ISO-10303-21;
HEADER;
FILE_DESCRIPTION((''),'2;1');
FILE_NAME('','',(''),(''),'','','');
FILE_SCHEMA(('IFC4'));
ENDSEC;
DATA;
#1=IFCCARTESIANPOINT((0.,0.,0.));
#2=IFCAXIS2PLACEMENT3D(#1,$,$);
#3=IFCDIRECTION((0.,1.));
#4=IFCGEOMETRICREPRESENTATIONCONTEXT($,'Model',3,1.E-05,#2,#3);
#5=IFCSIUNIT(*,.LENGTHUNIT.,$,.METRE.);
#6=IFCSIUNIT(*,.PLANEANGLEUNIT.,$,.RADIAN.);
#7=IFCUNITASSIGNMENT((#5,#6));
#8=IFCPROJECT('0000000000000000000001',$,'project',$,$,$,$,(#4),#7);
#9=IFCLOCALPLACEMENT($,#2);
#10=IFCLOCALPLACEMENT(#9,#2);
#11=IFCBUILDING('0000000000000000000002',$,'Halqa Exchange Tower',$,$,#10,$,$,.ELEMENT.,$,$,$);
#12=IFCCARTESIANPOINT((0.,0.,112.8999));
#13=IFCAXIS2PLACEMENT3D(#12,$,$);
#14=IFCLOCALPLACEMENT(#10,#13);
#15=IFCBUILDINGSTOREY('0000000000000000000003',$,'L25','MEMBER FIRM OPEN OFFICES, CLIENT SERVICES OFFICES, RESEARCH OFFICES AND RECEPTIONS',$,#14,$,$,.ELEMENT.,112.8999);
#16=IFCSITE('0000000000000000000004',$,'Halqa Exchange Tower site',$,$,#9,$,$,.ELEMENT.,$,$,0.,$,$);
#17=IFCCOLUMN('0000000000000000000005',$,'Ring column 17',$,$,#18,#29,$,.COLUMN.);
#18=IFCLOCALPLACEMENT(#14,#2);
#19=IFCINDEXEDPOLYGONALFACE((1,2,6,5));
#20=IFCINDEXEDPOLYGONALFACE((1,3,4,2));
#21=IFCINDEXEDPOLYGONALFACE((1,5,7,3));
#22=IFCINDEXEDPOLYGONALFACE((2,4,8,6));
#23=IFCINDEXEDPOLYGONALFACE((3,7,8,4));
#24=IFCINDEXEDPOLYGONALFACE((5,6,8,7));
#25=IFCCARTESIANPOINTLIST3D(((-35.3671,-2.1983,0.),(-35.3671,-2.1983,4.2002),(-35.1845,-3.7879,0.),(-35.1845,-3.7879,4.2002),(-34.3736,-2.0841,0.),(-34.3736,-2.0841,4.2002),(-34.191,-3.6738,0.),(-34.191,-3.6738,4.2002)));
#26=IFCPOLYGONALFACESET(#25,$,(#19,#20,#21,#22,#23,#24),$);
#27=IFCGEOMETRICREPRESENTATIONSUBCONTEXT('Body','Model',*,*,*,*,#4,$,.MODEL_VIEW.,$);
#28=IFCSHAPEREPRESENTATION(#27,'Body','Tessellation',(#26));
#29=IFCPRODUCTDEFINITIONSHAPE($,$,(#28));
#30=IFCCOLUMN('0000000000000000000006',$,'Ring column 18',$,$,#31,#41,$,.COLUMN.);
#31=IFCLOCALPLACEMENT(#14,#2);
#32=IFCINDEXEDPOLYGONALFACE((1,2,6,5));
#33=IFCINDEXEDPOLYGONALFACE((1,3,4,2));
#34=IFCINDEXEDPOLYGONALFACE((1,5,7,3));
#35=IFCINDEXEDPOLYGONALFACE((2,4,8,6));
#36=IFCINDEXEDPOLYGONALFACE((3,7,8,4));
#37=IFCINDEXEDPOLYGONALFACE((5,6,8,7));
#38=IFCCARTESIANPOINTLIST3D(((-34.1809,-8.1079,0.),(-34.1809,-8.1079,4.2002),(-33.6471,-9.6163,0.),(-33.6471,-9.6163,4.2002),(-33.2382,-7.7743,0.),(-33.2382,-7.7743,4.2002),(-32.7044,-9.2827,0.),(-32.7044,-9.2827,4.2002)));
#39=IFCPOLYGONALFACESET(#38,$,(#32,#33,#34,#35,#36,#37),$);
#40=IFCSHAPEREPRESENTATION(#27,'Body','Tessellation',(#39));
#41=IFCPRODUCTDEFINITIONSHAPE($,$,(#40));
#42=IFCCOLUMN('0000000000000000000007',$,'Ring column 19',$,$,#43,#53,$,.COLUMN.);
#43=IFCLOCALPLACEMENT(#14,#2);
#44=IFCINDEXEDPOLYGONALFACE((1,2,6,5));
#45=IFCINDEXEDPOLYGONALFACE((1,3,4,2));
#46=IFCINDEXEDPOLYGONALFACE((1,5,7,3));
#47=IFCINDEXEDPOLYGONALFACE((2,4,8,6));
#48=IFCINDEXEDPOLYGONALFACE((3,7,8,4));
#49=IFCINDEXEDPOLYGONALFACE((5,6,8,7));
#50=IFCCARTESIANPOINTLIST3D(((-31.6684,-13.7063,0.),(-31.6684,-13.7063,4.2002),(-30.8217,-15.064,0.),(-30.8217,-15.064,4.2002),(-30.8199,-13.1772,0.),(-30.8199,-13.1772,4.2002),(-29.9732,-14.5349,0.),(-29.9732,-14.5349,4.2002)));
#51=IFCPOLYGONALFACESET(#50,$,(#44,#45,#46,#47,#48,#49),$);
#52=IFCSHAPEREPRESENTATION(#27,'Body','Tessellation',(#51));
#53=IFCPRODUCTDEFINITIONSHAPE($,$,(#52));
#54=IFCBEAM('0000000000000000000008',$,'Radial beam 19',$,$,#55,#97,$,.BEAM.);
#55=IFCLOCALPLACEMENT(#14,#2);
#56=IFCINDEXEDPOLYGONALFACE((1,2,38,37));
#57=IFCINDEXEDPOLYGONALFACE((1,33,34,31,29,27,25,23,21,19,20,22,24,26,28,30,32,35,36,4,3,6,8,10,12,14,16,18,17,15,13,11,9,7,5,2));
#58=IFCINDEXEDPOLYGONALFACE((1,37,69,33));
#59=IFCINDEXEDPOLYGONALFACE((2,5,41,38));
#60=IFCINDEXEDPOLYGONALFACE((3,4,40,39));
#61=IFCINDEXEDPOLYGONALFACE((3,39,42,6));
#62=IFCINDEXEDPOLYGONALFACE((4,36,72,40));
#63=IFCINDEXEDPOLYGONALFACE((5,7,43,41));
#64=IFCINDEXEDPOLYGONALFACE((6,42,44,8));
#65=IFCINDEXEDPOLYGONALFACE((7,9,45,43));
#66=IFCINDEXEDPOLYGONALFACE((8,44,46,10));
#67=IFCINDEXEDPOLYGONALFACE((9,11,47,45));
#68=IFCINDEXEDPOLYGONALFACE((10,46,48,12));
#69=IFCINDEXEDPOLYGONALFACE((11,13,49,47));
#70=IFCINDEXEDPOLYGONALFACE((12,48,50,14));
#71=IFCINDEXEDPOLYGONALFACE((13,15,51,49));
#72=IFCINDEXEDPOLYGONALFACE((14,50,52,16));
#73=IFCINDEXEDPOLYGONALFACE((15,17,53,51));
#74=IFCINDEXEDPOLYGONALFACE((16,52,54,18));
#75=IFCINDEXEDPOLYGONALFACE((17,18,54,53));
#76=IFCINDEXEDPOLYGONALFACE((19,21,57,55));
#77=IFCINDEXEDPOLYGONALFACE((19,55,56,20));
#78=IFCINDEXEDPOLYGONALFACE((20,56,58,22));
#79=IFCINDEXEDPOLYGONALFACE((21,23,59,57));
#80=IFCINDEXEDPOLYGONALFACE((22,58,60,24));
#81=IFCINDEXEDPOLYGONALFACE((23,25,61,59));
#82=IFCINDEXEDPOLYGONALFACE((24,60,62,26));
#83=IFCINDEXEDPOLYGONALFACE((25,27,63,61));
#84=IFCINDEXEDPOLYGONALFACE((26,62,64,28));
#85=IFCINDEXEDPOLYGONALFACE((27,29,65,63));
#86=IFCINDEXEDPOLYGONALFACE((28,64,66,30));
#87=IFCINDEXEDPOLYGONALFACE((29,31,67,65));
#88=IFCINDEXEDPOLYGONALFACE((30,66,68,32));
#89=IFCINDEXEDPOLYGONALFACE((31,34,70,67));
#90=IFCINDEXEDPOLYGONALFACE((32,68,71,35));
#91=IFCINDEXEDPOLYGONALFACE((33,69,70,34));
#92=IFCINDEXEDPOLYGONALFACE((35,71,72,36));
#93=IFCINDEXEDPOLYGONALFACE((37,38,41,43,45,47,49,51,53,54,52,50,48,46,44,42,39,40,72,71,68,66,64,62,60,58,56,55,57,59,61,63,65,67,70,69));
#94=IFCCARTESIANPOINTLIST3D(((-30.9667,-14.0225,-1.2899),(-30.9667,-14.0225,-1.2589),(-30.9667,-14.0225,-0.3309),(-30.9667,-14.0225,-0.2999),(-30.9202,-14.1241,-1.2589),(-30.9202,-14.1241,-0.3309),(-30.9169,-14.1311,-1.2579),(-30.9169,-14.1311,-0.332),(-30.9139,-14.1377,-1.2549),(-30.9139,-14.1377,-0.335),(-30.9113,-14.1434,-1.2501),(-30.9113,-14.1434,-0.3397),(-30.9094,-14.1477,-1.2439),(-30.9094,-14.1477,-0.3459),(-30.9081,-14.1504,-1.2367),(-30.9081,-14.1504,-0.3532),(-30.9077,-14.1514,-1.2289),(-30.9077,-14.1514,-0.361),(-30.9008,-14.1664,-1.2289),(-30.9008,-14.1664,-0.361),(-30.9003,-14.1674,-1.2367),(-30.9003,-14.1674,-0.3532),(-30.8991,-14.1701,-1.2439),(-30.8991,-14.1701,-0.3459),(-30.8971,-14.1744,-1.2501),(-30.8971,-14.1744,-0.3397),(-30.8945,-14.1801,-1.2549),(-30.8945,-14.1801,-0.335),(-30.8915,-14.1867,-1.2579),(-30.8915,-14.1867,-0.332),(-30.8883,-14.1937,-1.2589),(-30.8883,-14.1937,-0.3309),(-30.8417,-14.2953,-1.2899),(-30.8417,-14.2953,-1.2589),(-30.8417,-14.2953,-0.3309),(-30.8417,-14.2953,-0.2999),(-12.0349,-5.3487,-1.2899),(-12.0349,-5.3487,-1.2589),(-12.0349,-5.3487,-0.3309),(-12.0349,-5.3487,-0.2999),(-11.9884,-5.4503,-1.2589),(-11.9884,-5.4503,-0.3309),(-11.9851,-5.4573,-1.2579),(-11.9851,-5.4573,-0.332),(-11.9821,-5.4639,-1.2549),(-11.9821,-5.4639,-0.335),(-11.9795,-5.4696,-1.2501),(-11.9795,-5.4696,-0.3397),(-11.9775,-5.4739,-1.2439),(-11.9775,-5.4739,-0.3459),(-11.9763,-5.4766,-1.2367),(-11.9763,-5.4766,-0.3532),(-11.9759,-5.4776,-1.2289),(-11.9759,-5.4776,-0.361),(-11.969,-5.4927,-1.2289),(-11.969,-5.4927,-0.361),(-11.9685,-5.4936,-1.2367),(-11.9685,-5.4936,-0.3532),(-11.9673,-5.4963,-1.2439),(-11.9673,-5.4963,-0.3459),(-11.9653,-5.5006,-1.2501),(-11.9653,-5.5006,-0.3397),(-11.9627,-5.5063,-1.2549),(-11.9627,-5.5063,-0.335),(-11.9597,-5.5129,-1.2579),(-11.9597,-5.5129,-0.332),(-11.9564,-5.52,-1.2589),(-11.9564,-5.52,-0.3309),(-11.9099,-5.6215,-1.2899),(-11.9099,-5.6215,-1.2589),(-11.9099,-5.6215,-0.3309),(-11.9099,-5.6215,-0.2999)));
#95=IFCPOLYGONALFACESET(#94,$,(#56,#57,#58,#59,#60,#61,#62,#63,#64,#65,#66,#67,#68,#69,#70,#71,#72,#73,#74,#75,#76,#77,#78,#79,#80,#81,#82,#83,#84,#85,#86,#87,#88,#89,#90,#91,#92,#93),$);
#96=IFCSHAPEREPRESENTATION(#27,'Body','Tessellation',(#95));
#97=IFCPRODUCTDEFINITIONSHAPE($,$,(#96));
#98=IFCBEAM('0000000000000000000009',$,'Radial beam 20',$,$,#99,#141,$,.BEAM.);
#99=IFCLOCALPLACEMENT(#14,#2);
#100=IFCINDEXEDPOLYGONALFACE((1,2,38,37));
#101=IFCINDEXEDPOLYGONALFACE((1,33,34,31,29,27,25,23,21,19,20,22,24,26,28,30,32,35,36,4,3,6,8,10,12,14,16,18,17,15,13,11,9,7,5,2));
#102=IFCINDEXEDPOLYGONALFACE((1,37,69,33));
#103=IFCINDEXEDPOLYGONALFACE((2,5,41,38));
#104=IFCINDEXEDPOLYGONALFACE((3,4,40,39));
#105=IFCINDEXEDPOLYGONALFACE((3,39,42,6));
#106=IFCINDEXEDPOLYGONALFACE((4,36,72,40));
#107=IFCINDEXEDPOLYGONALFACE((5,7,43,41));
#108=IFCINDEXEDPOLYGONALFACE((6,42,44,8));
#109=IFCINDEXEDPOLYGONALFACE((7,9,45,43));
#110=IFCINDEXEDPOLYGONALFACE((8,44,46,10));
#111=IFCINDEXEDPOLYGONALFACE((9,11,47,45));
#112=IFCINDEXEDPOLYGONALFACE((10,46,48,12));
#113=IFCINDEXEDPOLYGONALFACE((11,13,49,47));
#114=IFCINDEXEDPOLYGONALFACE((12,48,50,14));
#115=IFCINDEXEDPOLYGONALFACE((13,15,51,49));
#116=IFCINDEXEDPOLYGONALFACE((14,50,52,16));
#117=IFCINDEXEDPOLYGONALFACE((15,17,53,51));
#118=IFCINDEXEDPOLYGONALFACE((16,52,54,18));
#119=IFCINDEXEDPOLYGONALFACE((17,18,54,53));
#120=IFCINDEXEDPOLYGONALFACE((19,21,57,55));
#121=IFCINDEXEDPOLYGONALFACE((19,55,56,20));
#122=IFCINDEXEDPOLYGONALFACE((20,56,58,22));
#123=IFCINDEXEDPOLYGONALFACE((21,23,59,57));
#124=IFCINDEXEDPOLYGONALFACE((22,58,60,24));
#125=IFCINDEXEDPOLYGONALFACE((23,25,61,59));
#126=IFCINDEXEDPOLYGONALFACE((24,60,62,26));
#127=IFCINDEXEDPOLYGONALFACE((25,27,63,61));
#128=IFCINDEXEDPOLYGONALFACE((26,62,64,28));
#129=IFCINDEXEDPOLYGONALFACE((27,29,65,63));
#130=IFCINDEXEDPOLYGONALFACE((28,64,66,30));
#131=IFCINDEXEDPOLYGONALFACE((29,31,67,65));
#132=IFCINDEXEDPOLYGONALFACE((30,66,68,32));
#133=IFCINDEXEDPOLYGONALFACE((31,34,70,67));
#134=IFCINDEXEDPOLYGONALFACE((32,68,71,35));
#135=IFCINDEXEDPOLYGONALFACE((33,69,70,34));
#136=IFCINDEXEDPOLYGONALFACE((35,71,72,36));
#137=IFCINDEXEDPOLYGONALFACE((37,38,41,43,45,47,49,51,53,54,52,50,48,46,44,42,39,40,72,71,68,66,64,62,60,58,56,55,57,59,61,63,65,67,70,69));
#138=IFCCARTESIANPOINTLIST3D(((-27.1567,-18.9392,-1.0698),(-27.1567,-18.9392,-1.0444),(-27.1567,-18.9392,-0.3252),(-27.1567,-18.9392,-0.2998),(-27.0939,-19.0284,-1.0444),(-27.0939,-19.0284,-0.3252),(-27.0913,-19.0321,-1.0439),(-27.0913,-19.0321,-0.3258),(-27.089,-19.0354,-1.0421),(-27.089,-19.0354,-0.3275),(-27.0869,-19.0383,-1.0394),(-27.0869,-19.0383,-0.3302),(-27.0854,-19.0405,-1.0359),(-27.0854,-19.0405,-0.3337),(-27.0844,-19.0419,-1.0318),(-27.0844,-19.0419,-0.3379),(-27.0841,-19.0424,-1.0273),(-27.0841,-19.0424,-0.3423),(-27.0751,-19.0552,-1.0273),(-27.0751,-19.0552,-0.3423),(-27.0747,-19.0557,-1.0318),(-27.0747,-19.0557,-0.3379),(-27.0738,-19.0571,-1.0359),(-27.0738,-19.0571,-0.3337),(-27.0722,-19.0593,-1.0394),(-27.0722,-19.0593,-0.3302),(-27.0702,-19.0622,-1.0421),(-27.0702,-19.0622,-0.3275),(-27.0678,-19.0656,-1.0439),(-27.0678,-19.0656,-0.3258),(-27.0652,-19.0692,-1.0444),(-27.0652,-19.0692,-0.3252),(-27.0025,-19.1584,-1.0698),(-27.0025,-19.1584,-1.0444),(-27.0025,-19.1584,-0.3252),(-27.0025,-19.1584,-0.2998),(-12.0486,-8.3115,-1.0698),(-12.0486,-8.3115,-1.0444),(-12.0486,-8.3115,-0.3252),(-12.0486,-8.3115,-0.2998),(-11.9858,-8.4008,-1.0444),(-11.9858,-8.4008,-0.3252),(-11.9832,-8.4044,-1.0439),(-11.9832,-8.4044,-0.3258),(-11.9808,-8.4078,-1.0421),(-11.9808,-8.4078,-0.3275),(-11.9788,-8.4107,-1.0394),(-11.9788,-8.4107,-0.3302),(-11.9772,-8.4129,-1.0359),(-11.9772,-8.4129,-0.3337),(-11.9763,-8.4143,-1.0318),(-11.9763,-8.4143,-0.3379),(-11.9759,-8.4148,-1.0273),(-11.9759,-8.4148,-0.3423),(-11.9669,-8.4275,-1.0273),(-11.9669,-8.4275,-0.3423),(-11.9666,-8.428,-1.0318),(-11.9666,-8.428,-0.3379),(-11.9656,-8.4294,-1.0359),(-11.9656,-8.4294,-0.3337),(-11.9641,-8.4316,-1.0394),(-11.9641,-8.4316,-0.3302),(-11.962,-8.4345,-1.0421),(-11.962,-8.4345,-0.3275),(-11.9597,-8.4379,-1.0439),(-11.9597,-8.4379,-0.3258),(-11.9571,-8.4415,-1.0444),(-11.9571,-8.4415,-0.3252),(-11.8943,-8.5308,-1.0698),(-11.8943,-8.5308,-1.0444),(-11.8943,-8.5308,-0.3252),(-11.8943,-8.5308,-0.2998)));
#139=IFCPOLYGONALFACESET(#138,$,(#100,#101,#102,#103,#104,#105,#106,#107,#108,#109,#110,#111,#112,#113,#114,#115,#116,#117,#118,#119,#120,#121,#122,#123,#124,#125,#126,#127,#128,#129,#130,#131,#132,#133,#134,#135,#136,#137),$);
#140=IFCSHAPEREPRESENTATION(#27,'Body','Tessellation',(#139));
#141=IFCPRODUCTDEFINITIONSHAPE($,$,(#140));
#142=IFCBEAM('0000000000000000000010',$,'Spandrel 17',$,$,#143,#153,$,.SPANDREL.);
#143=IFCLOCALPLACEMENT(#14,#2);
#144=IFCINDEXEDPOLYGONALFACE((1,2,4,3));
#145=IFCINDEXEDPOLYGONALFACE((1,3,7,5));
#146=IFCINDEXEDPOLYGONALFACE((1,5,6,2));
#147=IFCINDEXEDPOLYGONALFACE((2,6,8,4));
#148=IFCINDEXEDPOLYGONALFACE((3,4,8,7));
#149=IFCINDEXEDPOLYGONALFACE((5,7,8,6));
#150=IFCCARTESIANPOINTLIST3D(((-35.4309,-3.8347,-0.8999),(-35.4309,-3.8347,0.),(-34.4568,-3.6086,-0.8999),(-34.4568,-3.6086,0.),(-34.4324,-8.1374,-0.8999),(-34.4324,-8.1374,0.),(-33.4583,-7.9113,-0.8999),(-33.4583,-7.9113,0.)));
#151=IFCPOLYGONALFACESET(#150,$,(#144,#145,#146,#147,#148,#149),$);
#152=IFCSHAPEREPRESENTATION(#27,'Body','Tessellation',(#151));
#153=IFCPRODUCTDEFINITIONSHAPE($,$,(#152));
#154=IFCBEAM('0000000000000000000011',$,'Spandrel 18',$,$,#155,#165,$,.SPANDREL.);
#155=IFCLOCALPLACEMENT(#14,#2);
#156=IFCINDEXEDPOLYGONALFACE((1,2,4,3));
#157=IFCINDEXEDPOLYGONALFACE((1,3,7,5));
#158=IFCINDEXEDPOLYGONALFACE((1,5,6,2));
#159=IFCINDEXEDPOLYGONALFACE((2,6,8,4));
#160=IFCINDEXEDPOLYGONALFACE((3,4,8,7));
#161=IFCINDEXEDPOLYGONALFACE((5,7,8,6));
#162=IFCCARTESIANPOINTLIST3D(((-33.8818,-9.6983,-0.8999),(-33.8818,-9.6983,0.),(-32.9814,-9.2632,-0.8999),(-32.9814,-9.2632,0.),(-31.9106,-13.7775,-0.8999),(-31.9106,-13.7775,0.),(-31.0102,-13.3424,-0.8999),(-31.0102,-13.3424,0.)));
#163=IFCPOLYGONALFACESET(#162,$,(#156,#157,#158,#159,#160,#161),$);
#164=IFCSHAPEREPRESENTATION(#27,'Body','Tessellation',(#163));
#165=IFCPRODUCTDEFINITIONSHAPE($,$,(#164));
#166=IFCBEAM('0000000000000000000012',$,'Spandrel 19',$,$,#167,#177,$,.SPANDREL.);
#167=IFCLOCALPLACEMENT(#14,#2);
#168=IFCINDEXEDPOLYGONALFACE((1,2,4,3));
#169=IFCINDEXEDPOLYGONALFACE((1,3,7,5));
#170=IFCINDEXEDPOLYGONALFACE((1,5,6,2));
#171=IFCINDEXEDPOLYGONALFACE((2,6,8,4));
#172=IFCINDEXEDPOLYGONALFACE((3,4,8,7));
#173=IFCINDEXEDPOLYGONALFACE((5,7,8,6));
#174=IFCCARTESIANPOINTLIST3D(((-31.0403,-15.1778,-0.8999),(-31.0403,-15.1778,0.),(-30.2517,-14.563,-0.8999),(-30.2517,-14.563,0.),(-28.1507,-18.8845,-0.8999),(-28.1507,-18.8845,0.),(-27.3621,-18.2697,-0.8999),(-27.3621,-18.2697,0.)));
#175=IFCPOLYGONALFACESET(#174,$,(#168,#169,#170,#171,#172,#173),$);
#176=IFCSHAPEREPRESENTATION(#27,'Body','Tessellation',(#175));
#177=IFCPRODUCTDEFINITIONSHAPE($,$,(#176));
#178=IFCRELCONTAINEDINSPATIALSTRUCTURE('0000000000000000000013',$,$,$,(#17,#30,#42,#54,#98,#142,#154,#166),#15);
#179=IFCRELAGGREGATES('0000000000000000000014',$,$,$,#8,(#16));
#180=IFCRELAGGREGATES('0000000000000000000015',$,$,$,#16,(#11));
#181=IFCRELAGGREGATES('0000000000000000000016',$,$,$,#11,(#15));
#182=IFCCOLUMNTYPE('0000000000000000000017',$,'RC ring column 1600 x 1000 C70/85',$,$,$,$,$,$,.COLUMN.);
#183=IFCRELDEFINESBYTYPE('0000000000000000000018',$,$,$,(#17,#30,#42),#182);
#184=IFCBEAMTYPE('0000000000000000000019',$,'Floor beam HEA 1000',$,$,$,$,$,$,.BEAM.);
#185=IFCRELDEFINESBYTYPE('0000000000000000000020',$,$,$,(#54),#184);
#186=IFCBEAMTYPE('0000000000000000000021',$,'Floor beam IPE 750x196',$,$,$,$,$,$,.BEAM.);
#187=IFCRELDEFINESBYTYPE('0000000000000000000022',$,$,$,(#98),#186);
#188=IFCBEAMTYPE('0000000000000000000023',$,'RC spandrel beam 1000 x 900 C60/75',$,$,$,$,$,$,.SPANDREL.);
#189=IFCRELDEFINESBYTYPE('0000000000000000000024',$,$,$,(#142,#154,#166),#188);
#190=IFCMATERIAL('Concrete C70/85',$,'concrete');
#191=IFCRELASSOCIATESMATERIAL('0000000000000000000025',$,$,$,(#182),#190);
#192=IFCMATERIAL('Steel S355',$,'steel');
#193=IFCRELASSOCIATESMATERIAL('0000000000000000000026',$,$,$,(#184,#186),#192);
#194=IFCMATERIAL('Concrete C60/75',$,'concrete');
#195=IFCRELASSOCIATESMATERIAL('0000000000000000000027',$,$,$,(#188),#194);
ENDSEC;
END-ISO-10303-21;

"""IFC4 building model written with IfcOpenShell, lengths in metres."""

from ifc_helpers import new_model, si_unit, direction, frame, origin, origin_2d, place, context, subcontext, project, spatial, rectangle, i_section, extrude, material, material_profile, profile_set, type_object, element, save


model = new_model("IFC4")

# Units and contexts
model_context = context("Model", 3, precision=1e-05, world=origin(), true_north=direction((0.0, 1.0)))
body_context = subcontext(model_context, "Body", "Model", "MODEL_VIEW")
ifc_project = project(units=[si_unit("LENGTHUNIT", "METRE"), si_unit("PLANEANGLEUNIT", "RADIAN")], contexts=[model_context])

# Site, building, storey
site_placement = place(None, origin())
site = spatial("IfcSite", under=ifc_project, at=site_placement, Name="Halqa Exchange Tower site", CompositionType="ELEMENT", RefElevation=0.0)
building_placement = place(site_placement, origin())
building = spatial("IfcBuilding", under=site, at=building_placement, Name="Halqa Exchange Tower", CompositionType="ELEMENT")
storey_placement = place(building_placement, frame((0.0, 0.0, 112.8999)))
storey = spatial("IfcBuildingStorey", under=building, at=storey_placement, Name="L25", Description="MEMBER FIRM OPEN OFFICES, CLIENT SERVICES OFFICES, RESEARCH OFFICES AND RECEPTIONS", CompositionType="ELEMENT", Elevation=112.8999)

# Columns
ifc_material_1 = material(Name="Concrete C70/85", Category="concrete")
ifc_material_profile_1 = material_profile(ifc_material_1, rectangle(XDim=1.6001, YDim=1.0, at=origin_2d()), Name="1600 x 1000")
ifc_profile_set_1 = profile_set([ifc_material_profile_1], Name="Concrete C70/85")
column_type = type_object("IfcColumnType", Name="RC ring column 1600 x 1000 C70/85", PredefinedType="COLUMN", material=ifc_profile_set_1)
for number, where, z_axis, x_axis, name in (
    (1, (-34.7791, -2.936, 0.0), (0.0, 0.0, 1.0), (0.114152, -0.993463, 0.0), "Ring column 17"),
    (2, (-33.4426, -8.6953, 0.0), (0.0, 0.0, 1.0), (0.333624, -0.942706, 0.0), "Ring column 18"),
    (3, (-30.8208, -14.1206, 0.0), (0.0, 0.0, 1.0), (0.529142, -0.848533, 0.0), "Ring column 19"),
):
    element("IfcColumn", number, at=place(storey_placement, frame(where, z_axis=z_axis, x_axis=x_axis)), inside=storey, type_object=column_type, Name=name, PredefinedType="COLUMN", context=body_context, shape_type="SweptSolid", body=[
        extrude(rectangle(XDim=1.6001, YDim=1.0, at=origin_2d()), origin(), (0.0, 0.0, 1.0), 4.2002),
    ])

# Beams
ifc_material_2 = material(Name="Steel S355", Category="steel")
ifc_material_profile_2 = material_profile(ifc_material_2, i_section(OverallWidth=0.3, OverallDepth=0.99, WebThickness=0.0166, FlangeThickness=0.031, FilletRadius=0.03, at=origin_2d()), Name="HEA 1000")
ifc_profile_set_2 = profile_set([ifc_material_profile_2], Name="Steel S355")
beam_type_1 = type_object("IfcBeamType", Name="Floor beam HEA 1000", PredefinedType="BEAM", material=ifc_profile_set_2)
beam_1_placement = place(storey_placement, frame((-11.9724, -5.4851, -0.7949), z_axis=(-0.909125, -0.416524, 0.0), x_axis=(0.416524, -0.909125, 0.0)))
element("IfcBeam", 4, at=beam_1_placement, inside=storey, type_object=beam_type_1, Name="Radial beam 19", PredefinedType="BEAM", context=body_context, shape_type="SweptSolid", body=[
    extrude(i_section(OverallWidth=0.3, OverallDepth=0.99, WebThickness=0.0166, FlangeThickness=0.031, FilletRadius=0.03, at=origin_2d()), origin(), (0.0, 0.0, 1.0), 20.8242),
])
ifc_material_profile_3 = material_profile(ifc_material_2, i_section(OverallWidth=0.2681, OverallDepth=0.77, WebThickness=0.0156, FlangeThickness=0.0254, FilletRadius=0.0171, at=origin_2d()), Name="IPE 750x196")
ifc_profile_set_3 = profile_set([ifc_material_profile_3], Name="Steel S355")
beam_type_2 = type_object("IfcBeamType", Name="Floor beam IPE 750x196", PredefinedType="BEAM", material=ifc_profile_set_3)
beam_2_placement = place(storey_placement, frame((-11.9714, -8.4211, -0.6848), z_axis=(-0.817908, -0.575349, 0.0), x_axis=(0.575349, -0.817908, 0.0)))
element("IfcBeam", 5, at=beam_2_placement, inside=storey, type_object=beam_type_2, Name="Radial beam 20", PredefinedType="BEAM", context=body_context, shape_type="SweptSolid", body=[
    extrude(i_section(OverallWidth=0.2681, OverallDepth=0.77, WebThickness=0.0156, FlangeThickness=0.0254, FilletRadius=0.0171, at=origin_2d()), origin(), (0.0, 0.0, 1.0), 18.4717),
])
ifc_material_3 = material(Name="Concrete C60/75", Category="concrete")
ifc_material_profile_4 = material_profile(ifc_material_3, rectangle(XDim=1.0, YDim=0.8999, at=origin_2d()), Name="1000 x 900")
ifc_profile_set_4 = profile_set([ifc_material_profile_4], Name="Concrete C60/75")
beam_type_3 = type_object("IfcBeamType", Name="RC spandrel beam 1000 x 900 C60/75", PredefinedType="SPANDREL", material=ifc_profile_set_4)
beam_3_placement = place(storey_placement, frame((-34.9438, -3.7217, -0.45), z_axis=(0.226062, -0.974113, 0.0), x_axis=(0.974113, 0.226062, 0.0)))
element("IfcBeam", 6, at=beam_3_placement, inside=storey, type_object=beam_type_3, Name="Spandrel 17", PredefinedType="SPANDREL", context=body_context, shape_type="SweptSolid", body=[
    extrude(rectangle(XDim=1.0, YDim=0.8999, at=origin_2d()), origin(), (0.0, 0.0, 1.0), 4.417),
])
beam_4_placement = place(storey_placement, frame((-33.4316, -9.4807, -0.45), z_axis=(0.435102, -0.900381, 0.0), x_axis=(0.900381, 0.435102, 0.0)))
element("IfcBeam", 7, at=beam_4_placement, inside=storey, type_object=beam_type_3, Name="Spandrel 18", PredefinedType="SPANDREL", context=body_context, shape_type="SweptSolid", body=[
    extrude(rectangle(XDim=1.0, YDim=0.8999, at=origin_2d()), origin(), (0.0, 0.0, 1.0), 4.5305),
])
beam_5_placement = place(storey_placement, frame((-30.646, -14.8704, -0.45), z_axis=(0.614814, -0.788672, 0.0), x_axis=(0.788672, 0.614814, 0.0)))
element("IfcBeam", 8, at=beam_5_placement, inside=storey, type_object=beam_type_3, Name="Spandrel 19", PredefinedType="SPANDREL", context=body_context, shape_type="SweptSolid", body=[
    extrude(rectangle(XDim=1.0, YDim=0.8999, at=origin_2d()), origin(), (0.0, 0.0, 1.0), 4.7),
])

save(model, "model.ifc")
